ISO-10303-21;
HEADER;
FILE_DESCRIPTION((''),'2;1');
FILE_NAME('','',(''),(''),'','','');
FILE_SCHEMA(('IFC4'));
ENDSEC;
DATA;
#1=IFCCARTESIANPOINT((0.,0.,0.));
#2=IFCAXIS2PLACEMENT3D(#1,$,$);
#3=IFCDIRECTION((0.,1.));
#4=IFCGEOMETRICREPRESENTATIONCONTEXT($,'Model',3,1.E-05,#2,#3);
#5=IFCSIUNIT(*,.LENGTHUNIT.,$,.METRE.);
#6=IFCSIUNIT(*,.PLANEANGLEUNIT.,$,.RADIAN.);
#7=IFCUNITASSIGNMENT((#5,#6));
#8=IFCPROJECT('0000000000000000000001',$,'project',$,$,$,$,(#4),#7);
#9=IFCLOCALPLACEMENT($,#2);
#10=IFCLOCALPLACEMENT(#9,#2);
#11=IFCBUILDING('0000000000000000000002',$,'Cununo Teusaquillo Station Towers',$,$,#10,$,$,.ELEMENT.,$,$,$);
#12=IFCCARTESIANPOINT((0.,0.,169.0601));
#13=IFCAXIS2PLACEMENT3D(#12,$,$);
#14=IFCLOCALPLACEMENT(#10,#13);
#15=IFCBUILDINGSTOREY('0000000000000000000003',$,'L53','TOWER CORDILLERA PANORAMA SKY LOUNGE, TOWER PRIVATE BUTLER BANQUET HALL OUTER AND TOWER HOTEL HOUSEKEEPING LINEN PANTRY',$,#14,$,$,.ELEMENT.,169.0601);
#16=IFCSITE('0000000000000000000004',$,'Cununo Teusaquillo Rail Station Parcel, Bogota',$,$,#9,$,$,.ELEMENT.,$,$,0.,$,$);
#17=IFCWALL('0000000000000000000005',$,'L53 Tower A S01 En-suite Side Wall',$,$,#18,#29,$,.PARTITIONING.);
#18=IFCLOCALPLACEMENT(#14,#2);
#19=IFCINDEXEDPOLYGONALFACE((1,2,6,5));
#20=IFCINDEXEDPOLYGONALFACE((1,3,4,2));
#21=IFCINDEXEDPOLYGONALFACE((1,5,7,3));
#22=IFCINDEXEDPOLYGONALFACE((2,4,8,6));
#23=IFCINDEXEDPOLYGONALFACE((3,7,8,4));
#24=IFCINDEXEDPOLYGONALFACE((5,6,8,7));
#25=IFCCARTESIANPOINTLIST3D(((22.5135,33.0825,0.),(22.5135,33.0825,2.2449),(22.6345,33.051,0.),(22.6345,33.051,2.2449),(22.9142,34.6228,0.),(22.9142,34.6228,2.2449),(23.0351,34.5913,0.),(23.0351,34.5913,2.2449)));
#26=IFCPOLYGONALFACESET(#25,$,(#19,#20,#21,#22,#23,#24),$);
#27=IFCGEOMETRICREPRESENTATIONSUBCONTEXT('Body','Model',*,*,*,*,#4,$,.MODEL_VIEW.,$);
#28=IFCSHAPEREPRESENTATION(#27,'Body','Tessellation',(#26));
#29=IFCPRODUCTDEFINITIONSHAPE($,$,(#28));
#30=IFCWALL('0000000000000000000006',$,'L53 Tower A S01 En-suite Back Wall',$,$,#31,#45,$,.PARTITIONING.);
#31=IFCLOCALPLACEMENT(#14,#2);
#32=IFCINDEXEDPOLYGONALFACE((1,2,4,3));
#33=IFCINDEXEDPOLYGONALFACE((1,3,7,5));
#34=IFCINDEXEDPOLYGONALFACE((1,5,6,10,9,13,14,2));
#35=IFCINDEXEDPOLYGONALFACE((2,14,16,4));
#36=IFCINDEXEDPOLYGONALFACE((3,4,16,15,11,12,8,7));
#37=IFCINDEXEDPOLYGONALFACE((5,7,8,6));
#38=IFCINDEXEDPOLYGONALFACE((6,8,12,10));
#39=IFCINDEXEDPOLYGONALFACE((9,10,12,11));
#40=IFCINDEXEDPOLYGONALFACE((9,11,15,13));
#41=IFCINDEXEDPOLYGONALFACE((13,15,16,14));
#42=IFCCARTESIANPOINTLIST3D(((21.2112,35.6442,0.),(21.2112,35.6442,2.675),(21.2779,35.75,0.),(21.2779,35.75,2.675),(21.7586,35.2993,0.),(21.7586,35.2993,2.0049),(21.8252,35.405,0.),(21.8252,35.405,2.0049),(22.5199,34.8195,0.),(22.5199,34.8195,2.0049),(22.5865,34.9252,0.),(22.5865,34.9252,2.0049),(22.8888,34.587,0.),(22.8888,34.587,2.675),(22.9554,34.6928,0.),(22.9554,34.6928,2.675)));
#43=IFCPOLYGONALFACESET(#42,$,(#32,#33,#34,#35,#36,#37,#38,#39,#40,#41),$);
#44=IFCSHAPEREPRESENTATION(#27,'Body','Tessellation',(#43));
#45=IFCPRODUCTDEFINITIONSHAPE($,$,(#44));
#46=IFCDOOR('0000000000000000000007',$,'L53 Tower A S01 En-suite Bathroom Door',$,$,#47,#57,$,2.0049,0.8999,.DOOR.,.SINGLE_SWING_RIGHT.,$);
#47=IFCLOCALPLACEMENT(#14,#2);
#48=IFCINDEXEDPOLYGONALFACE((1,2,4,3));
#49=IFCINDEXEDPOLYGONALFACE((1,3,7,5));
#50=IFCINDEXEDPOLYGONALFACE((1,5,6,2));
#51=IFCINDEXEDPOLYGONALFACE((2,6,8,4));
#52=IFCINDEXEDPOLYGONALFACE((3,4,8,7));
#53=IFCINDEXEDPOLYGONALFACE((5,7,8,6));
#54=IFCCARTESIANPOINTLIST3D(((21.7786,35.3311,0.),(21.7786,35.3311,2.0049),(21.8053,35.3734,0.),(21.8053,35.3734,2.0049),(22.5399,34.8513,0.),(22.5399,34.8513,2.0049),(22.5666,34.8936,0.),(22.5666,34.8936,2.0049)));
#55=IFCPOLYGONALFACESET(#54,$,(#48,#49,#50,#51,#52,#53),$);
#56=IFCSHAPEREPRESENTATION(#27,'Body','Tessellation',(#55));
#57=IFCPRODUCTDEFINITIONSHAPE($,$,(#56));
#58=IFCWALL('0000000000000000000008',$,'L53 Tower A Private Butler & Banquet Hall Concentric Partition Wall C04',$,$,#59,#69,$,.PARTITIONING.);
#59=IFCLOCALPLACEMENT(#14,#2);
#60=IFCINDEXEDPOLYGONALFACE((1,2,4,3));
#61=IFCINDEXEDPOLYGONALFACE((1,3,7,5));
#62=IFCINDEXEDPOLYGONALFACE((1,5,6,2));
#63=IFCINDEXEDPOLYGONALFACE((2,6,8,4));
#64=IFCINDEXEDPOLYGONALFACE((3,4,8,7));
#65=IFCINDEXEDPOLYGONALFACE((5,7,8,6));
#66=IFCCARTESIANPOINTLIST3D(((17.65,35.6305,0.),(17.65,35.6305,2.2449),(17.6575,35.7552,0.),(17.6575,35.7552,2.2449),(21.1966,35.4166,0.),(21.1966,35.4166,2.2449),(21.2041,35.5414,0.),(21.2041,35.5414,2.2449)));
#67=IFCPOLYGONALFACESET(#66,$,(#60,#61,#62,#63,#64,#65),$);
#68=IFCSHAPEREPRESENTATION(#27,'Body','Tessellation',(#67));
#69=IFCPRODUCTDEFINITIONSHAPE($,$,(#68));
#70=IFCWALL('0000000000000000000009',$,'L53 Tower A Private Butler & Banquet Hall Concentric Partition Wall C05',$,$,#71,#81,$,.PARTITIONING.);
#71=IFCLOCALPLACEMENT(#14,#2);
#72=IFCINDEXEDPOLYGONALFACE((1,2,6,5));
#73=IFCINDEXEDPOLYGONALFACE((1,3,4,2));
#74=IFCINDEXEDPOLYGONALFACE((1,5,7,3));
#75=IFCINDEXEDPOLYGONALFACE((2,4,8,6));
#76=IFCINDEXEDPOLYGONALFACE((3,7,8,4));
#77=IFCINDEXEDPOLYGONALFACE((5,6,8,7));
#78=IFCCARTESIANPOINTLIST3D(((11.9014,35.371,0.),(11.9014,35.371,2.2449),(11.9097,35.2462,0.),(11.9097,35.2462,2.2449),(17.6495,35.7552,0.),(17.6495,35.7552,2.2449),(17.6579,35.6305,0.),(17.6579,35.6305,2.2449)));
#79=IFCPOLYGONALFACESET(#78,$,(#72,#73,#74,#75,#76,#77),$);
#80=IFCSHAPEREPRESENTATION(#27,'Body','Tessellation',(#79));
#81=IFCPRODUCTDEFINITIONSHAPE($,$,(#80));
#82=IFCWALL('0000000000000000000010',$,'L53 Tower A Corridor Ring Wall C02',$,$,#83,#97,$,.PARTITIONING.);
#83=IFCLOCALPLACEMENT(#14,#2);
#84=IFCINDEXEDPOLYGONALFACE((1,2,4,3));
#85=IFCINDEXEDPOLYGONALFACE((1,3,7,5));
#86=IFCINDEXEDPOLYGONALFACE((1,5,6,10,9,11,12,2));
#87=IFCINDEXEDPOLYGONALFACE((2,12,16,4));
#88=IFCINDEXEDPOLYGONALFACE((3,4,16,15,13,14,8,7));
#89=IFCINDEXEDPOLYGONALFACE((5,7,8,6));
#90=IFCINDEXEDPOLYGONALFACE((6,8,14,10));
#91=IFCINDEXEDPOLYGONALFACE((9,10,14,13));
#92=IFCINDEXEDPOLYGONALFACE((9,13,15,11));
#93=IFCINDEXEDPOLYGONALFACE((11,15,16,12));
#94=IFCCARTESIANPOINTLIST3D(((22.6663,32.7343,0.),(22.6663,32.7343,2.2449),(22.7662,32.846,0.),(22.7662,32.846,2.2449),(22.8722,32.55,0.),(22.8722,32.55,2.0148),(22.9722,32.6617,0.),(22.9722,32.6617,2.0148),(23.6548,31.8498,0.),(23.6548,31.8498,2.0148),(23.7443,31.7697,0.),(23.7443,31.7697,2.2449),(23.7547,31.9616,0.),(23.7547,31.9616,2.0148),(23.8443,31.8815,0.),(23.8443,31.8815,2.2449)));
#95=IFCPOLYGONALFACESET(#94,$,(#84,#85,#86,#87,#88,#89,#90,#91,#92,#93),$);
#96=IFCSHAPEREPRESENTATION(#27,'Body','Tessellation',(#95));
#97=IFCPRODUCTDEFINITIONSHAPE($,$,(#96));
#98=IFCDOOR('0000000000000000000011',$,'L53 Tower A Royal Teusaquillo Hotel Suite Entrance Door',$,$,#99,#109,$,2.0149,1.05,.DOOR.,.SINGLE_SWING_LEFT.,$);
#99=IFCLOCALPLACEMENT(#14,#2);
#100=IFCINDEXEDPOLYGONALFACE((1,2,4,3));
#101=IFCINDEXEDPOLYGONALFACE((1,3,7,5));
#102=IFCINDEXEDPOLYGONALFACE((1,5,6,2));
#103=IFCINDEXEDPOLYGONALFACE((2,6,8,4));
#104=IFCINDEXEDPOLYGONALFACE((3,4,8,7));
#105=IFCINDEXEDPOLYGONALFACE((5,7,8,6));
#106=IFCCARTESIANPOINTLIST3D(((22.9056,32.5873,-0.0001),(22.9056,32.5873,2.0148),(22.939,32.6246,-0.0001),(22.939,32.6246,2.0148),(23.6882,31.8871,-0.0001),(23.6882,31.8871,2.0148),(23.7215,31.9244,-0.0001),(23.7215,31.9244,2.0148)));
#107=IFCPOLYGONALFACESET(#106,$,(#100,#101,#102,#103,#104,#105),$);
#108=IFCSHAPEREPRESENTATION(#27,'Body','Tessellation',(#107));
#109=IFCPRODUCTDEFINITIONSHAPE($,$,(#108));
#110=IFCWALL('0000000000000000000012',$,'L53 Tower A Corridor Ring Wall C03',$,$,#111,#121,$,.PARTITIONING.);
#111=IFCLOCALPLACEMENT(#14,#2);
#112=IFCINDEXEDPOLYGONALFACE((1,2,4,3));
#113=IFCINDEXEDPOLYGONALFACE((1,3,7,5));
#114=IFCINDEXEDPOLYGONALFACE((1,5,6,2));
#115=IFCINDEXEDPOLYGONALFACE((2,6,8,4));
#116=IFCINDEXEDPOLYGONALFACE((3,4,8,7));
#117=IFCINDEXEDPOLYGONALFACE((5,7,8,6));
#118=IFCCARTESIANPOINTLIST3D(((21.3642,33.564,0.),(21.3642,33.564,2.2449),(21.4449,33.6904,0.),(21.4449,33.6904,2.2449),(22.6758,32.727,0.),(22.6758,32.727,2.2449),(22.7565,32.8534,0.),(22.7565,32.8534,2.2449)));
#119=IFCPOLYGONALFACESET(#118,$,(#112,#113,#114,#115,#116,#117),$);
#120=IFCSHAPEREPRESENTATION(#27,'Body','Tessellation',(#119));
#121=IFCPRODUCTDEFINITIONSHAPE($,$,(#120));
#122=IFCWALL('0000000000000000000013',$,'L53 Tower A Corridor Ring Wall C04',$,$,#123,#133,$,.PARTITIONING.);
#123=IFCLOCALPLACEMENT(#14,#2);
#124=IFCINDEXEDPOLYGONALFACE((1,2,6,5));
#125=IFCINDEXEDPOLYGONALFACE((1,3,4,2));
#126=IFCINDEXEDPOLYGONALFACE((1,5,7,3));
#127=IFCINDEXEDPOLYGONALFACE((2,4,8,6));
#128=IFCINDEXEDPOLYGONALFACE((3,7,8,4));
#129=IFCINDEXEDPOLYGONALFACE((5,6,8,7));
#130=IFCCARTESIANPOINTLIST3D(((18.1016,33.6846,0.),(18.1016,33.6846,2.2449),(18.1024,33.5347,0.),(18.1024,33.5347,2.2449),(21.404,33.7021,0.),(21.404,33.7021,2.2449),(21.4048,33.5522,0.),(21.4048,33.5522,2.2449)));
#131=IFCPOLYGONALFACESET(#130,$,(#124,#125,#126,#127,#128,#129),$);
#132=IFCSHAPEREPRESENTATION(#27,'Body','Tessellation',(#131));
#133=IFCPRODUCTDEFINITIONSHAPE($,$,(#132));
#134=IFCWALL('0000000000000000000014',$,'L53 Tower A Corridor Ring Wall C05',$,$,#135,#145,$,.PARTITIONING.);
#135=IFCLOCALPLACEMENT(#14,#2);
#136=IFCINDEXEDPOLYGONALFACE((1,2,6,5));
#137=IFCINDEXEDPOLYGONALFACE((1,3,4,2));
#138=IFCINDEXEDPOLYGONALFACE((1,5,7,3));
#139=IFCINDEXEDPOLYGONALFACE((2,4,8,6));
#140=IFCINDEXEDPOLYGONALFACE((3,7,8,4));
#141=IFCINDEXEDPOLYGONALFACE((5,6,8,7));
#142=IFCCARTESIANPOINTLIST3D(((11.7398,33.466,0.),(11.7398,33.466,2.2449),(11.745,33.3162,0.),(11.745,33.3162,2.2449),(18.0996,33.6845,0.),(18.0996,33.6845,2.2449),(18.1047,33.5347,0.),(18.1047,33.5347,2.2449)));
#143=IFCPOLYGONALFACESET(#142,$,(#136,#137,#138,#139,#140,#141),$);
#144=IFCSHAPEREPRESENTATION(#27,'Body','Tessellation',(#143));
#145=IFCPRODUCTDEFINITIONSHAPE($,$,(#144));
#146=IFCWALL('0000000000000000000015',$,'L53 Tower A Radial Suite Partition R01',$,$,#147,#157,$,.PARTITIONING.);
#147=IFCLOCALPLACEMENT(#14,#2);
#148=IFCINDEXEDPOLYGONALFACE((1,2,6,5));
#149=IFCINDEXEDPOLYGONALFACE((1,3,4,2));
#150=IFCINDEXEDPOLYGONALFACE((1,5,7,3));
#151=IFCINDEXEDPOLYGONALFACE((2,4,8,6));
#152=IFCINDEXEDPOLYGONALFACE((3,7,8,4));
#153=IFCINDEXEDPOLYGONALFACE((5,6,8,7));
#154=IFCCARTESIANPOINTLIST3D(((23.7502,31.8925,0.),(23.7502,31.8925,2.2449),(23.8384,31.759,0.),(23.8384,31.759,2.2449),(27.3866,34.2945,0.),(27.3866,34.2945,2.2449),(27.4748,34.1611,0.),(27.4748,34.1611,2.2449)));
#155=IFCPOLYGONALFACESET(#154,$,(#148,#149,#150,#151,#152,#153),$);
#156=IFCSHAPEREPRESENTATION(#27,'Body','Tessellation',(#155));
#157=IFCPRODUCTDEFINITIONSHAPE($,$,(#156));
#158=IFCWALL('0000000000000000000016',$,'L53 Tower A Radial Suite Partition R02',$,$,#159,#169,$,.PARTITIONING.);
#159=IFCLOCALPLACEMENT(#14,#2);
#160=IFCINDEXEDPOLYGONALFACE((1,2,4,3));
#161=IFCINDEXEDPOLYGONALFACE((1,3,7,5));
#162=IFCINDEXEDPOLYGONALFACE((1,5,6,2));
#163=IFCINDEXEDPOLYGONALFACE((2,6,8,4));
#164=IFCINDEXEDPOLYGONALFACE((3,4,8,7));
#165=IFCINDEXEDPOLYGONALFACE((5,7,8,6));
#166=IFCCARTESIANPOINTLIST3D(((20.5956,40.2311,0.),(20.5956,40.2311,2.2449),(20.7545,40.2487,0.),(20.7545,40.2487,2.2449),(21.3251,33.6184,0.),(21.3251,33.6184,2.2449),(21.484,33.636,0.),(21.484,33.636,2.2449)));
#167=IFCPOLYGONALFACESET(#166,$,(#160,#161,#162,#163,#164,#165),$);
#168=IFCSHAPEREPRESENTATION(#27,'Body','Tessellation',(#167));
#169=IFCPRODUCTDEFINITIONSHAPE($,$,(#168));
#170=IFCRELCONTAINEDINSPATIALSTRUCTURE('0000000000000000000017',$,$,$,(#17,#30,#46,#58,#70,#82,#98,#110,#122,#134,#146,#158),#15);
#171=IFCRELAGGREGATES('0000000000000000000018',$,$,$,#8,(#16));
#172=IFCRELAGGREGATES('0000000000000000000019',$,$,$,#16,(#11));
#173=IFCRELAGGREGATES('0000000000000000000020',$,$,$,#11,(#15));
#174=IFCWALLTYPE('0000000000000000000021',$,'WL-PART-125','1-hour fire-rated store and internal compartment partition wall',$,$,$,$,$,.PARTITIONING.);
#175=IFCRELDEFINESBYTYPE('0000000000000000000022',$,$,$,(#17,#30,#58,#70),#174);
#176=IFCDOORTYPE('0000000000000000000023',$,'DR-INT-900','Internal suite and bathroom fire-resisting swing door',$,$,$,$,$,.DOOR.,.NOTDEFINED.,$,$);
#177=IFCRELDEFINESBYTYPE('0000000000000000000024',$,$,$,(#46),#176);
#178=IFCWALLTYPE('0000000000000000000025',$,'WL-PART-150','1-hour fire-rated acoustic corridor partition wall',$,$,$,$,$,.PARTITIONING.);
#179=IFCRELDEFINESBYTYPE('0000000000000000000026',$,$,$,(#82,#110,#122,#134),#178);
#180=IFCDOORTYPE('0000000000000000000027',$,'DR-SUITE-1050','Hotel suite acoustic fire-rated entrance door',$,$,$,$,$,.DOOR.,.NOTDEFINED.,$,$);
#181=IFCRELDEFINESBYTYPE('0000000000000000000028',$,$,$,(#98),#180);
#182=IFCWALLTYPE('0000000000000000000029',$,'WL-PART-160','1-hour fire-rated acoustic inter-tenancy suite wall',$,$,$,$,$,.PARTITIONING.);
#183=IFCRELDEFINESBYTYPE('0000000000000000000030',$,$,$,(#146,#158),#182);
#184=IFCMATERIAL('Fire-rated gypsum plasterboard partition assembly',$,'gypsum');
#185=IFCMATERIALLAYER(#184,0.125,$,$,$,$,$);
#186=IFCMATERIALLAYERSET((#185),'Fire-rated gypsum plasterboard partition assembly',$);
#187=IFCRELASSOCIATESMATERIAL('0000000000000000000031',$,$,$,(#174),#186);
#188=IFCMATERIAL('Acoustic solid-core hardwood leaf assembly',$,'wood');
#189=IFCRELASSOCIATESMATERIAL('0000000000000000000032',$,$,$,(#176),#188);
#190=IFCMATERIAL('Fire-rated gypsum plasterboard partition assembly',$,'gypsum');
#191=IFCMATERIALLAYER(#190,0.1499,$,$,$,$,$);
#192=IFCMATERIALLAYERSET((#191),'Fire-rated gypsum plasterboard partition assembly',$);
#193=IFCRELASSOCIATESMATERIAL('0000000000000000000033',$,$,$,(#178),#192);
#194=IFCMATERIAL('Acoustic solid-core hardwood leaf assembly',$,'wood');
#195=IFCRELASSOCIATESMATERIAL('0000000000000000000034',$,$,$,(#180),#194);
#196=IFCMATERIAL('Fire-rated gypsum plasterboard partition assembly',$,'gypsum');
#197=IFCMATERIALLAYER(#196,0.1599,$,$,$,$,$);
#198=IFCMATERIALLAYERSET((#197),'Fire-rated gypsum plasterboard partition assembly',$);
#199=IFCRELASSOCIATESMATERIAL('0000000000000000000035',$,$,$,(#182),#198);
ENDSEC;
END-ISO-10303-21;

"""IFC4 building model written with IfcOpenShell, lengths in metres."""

from ifc_helpers import new_model, si_unit, direction, frame, frame_2d, origin, place, context, subcontext, project, spatial, rectangle, extrude, source, transform, mapped, material, layer, layer_set, type_object, element, fill, save


model = new_model("IFC4")

# Units and contexts
model_context = context("Model", 3, precision=1e-05, world=origin(), true_north=direction((0.0, 1.0)))
body_context = subcontext(model_context, "Body", "Model", "MODEL_VIEW")
ifc_project = project(units=[si_unit("LENGTHUNIT", "METRE"), si_unit("PLANEANGLEUNIT", "RADIAN")], contexts=[model_context])

# Site, building, storey
site_placement = place(None, origin())
site = spatial("IfcSite", under=ifc_project, at=site_placement, Name="Cununo Teusaquillo Rail Station Parcel, Bogota", CompositionType="ELEMENT", RefElevation=0.0)
building_placement = place(site_placement, origin())
building = spatial("IfcBuilding", under=site, at=building_placement, Name="Cununo Teusaquillo Station Towers", CompositionType="ELEMENT")
storey_placement = place(building_placement, frame((0.0, 0.0, 169.0601)))
storey = spatial("IfcBuildingStorey", under=building, at=storey_placement, Name="L53", Description="TOWER CORDILLERA PANORAMA SKY LOUNGE, TOWER PRIVATE BUTLER BANQUET HALL OUTER AND TOWER HOTEL HOUSEKEEPING LINEN PANTRY", CompositionType="ELEMENT", Elevation=169.0601)

# Wall
ifc_material_1 = material(Name="Fire-rated gypsum plasterboard partition assembly", Category="gypsum")
ifc_layer_1 = layer(ifc_material_1, 0.125)
ifc_layer_set_1 = layer_set([ifc_layer_1], Name="Fire-rated gypsum plasterboard partition assembly")
wall_type_1 = type_object("IfcWallType", Name="WL-PART-125", Description="1-hour fire-rated store and internal compartment partition wall", PredefinedType="PARTITIONING", material=ifc_layer_set_1)
wall_1_placement = place(storey_placement, frame((22.574, 33.0667, 0.0), z_axis=(0.0, 0.0, 1.0), x_axis=(0.251729, 0.967798, 0.0)))
element("IfcWall", 1, at=wall_1_placement, inside=storey, type_object=wall_type_1, Name="L53 Tower A S01 En-suite Side Wall", PredefinedType="PARTITIONING", context=body_context, shape_type="SweptSolid", body=[
    extrude(rectangle(XDim=1.5916, YDim=0.125, at=frame_2d((0.7959, 0.0))), origin(), (0.0, 0.0, 1.0), 2.2449),
])

# Wall, opening, door
wall_2_placement = place(storey_placement, frame((22.9221, 34.6399, 0.0), z_axis=(0.0, 0.0, 1.0), x_axis=(-0.846021, 0.53315, 0.0)))
wall_2 = element("IfcWall", 2, at=wall_2_placement, inside=storey, type_object=wall_type_1, Name="L53 Tower A S01 En-suite Back Wall", PredefinedType="PARTITIONING", context=body_context, shape_type="SweptSolid", body=[
    extrude(rectangle(XDim=1.9829, YDim=0.125, at=frame_2d((0.9915, 0.0))), origin(), (0.0, 0.0, 1.0), 2.675),
])
shared_shape_1 = source(origin(), body_context, "Body", "SweptSolid", [
    extrude(rectangle(XDim=0.8999, YDim=2.0049, at=frame_2d((0.45, 1.0024))), frame((0.0, 0.0725, 0.0), z_axis=(0.0, -1.0, 0.0), x_axis=(1.0, 0.0, 0.0)), (0.0, 0.0, 1.0), 0.145),
])
opening_1_placement = place(wall_2_placement, frame((0.436, 0.0, 0.0)))
opening_1 = element("IfcOpeningElement", 3, at=opening_1_placement, cuts=wall_2, PredefinedType="OPENING", context=body_context, shape_type="MappedRepresentation", body=[
    mapped(shared_shape_1, transform((0.0, 0.0, 0.0), x_axis=(1.0, 0.0, 0.0), y_axis=(0.0, 1.0, 0.0), z_axis=(0.0, 0.0, 1.0), scale=1.0)),
])
ifc_material_2 = material(Name="Acoustic solid-core hardwood leaf assembly", Category="wood")
door_type_1 = type_object("IfcDoorType", Name="DR-INT-900", Description="Internal suite and bathroom fire-resisting swing door", OperationType="NOTDEFINED", PredefinedType="DOOR", material=ifc_material_2)
shared_shape_2 = source(origin(), body_context, "Body", "SweptSolid", [
    extrude(rectangle(XDim=0.8999, YDim=2.0049, at=frame_2d((0.45, 1.0024))), frame((0.0, 0.0249, 0.0), z_axis=(0.0, -1.0, 0.0), x_axis=(1.0, 0.0, 0.0)), (0.0, 0.0, 1.0), 0.05),
])
door_1_placement = place(opening_1_placement, origin())
door_1 = element("IfcDoor", 4, at=door_1_placement, inside=storey, type_object=door_type_1, Name="L53 Tower A S01 En-suite Bathroom Door", OperationType="SINGLE_SWING_RIGHT", OverallHeight=2.0049, OverallWidth=0.8999, PredefinedType="DOOR", context=body_context, shape_type="MappedRepresentation", body=[
    mapped(shared_shape_2, transform((0.0, 0.0, 0.0), x_axis=(1.0, 0.0, 0.0), y_axis=(0.0, 1.0, 0.0), z_axis=(0.0, 0.0, 1.0), scale=1.0)),
])
fill(opening_1, door_1)

# Walls
wall_3_placement = place(storey_placement, frame((21.2002, 35.479, 0.0), z_axis=(0.0, 0.0, 1.0), x_axis=(-0.998187, 0.060192, 0.0)))
element("IfcWall", 5, at=wall_3_placement, inside=storey, type_object=wall_type_1, Name="L53 Tower A Private Butler & Banquet Hall Concentric Partition Wall C04", PredefinedType="PARTITIONING", context=body_context, shape_type="SweptSolid", body=[
    extrude(rectangle(XDim=3.553, YDim=0.125, at=frame_2d((1.7764, 0.0))), origin(), (0.0, 0.0, 1.0), 2.2449),
])
wall_4_placement = place(storey_placement, frame((17.6536, 35.6929, 0.0), z_axis=(0.0, 0.0, 1.0), x_axis=(-0.997773, -0.066705, 0.0)))
element("IfcWall", 6, at=wall_4_placement, inside=storey, type_object=wall_type_1, Name="L53 Tower A Private Butler & Banquet Hall Concentric Partition Wall C05", PredefinedType="PARTITIONING", context=body_context, shape_type="SweptSolid", body=[
    extrude(rectangle(XDim=5.761, YDim=0.125, at=frame_2d((2.8804, 0.0))), origin(), (0.0, 0.0, 1.0), 2.2449),
])

# Wall, opening, door
ifc_material_3 = material(Name="Fire-rated gypsum plasterboard partition assembly", Category="gypsum")
ifc_layer_2 = layer(ifc_material_3, 0.1499)
ifc_layer_set_2 = layer_set([ifc_layer_2], Name="Fire-rated gypsum plasterboard partition assembly")
wall_type_2 = type_object("IfcWallType", Name="WL-PART-150", Description="1-hour fire-rated acoustic corridor partition wall", PredefinedType="PARTITIONING", material=ifc_layer_set_2)
wall_5_placement = place(storey_placement, frame((23.7942, 31.8257, 0.0), z_axis=(0.0, 0.0, 1.0), x_axis=(-0.745255, 0.66678, 0.0)))
wall_5 = element("IfcWall", 7, at=wall_5_placement, inside=storey, type_object=wall_type_2, Name="L53 Tower A Corridor Ring Wall C02", PredefinedType="PARTITIONING", context=body_context, shape_type="SweptSolid", body=[
    extrude(rectangle(XDim=1.4465, YDim=0.1499, at=frame_2d((0.7231, 0.0))), origin(), (0.0, 0.0, 1.0), 2.2449),
])
shared_shape_3 = source(origin(), body_context, "Body", "SweptSolid", [
    extrude(rectangle(XDim=1.05, YDim=2.0149, at=frame_2d((0.5249, 1.0073))), frame((0.0, 0.085, 0.0), z_axis=(0.0, -1.0, 0.0), x_axis=(1.0, 0.0, 0.0)), (0.0, 0.0, 1.0), 0.1699),
])
opening_2_placement = place(wall_5_placement, frame((0.1201, 0.0, 0.0)))
opening_2 = element("IfcOpeningElement", 8, at=opening_2_placement, cuts=wall_5, PredefinedType="OPENING", context=body_context, shape_type="MappedRepresentation", body=[
    mapped(shared_shape_3, transform((0.0, 0.0, 0.0), x_axis=(1.0, 0.0, 0.0), y_axis=(0.0, 1.0, 0.0), z_axis=(0.0, 0.0, 1.0), scale=1.0)),
])
ifc_material_4 = material(Name="Acoustic solid-core hardwood leaf assembly", Category="wood")
door_type_2 = type_object("IfcDoorType", Name="DR-SUITE-1050", Description="Hotel suite acoustic fire-rated entrance door", OperationType="NOTDEFINED", PredefinedType="DOOR", material=ifc_material_4)
shared_shape_4 = source(origin(), body_context, "Body", "SweptSolid", [
    extrude(rectangle(XDim=1.05, YDim=2.0149, at=frame_2d((0.5249, 1.0073))), frame((0.0, 0.0249, 0.0), z_axis=(0.0, -1.0, 0.0), x_axis=(1.0, 0.0, 0.0)), (0.0, 0.0, 1.0), 0.05),
])
door_2_placement = place(opening_2_placement, origin())
door_2 = element("IfcDoor", 9, at=door_2_placement, inside=storey, type_object=door_type_2, Name="L53 Tower A Royal Teusaquillo Hotel Suite Entrance Door", OperationType="SINGLE_SWING_LEFT", OverallHeight=2.0149, OverallWidth=1.05, PredefinedType="DOOR", context=body_context, shape_type="MappedRepresentation", body=[
    mapped(shared_shape_4, transform((0.0, 0.0, 0.0), x_axis=(1.0, 0.0, 0.0), y_axis=(0.0, 1.0, 0.0), z_axis=(0.0, 0.0, 1.0), scale=1.0)),
])
fill(opening_2, door_2)

# Walls
wall_6_placement = place(storey_placement, frame((22.7161, 32.7903, 0.0), z_axis=(0.0, 0.0, 1.0), x_axis=(-0.842989, 0.537931, 0.0)))
element("IfcWall", 10, at=wall_6_placement, inside=storey, type_object=wall_type_2, Name="L53 Tower A Corridor Ring Wall C03", PredefinedType="PARTITIONING", context=body_context, shape_type="SweptSolid", body=[
    extrude(rectangle(XDim=1.5559, YDim=0.1499, at=frame_2d((0.7778, 0.0))), origin(), (0.0, 0.0, 1.0), 2.2449),
])
wall_7_placement = place(storey_placement, frame((21.4045, 33.6272, 0.0), z_axis=(0.0, 0.0, 1.0), x_axis=(-0.999986, -0.005323, 0.0)))
element("IfcWall", 11, at=wall_7_placement, inside=storey, type_object=wall_type_2, Name="L53 Tower A Corridor Ring Wall C04", PredefinedType="PARTITIONING", context=body_context, shape_type="SweptSolid", body=[
    extrude(rectangle(XDim=3.3025, YDim=0.1499, at=frame_2d((1.6514, 0.0))), origin(), (0.0, 0.0, 1.0), 2.2449),
])
wall_8_placement = place(storey_placement, frame((18.1021, 33.6096, 0.0), z_axis=(0.0, 0.0, 1.0), x_axis=(-0.99941, -0.034337, 0.0)))
element("IfcWall", 12, at=wall_8_placement, inside=storey, type_object=wall_type_2, Name="L53 Tower A Corridor Ring Wall C05", PredefinedType="PARTITIONING", context=body_context, shape_type="SweptSolid", body=[
    extrude(rectangle(XDim=6.3635, YDim=0.1499, at=frame_2d((3.1816, 0.0))), origin(), (0.0, 0.0, 1.0), 2.2449),
])
ifc_material_5 = material(Name="Fire-rated gypsum plasterboard partition assembly", Category="gypsum")
ifc_layer_3 = layer(ifc_material_5, 0.1599)
ifc_layer_set_3 = layer_set([ifc_layer_3], Name="Fire-rated gypsum plasterboard partition assembly")
wall_type_3 = type_object("IfcWallType", Name="WL-PART-160", Description="1-hour fire-rated acoustic inter-tenancy suite wall", PredefinedType="PARTITIONING", material=ifc_layer_set_3)
wall_9_placement = place(storey_placement, frame((23.7942, 31.8257, 0.0), z_axis=(0.0, 0.0, 1.0), x_axis=(0.834396, 0.551166, 0.0)))
element("IfcWall", 13, at=wall_9_placement, inside=storey, type_object=wall_type_3, Name="L53 Tower A Radial Suite Partition R01", PredefinedType="PARTITIONING", context=body_context, shape_type="SweptSolid", body=[
    extrude(rectangle(XDim=4.3582, YDim=0.1599, at=frame_2d((2.1792, 0.0))), origin(), (0.0, 0.0, 1.0), 2.2449),
])
wall_10_placement = place(storey_placement, frame((21.4045, 33.6272, 0.0), z_axis=(0.0, 0.0, 1.0), x_axis=(-0.10965, 0.99397, 0.0)))
element("IfcWall", 14, at=wall_10_placement, inside=storey, type_object=wall_type_3, Name="L53 Tower A Radial Suite Partition R02", PredefinedType="PARTITIONING", context=body_context, shape_type="SweptSolid", body=[
    extrude(rectangle(XDim=6.6528, YDim=0.1599, at=frame_2d((3.3264, 0.0))), origin(), (0.0, 0.0, 1.0), 2.2449),
])

save(model, "model.ifc")
